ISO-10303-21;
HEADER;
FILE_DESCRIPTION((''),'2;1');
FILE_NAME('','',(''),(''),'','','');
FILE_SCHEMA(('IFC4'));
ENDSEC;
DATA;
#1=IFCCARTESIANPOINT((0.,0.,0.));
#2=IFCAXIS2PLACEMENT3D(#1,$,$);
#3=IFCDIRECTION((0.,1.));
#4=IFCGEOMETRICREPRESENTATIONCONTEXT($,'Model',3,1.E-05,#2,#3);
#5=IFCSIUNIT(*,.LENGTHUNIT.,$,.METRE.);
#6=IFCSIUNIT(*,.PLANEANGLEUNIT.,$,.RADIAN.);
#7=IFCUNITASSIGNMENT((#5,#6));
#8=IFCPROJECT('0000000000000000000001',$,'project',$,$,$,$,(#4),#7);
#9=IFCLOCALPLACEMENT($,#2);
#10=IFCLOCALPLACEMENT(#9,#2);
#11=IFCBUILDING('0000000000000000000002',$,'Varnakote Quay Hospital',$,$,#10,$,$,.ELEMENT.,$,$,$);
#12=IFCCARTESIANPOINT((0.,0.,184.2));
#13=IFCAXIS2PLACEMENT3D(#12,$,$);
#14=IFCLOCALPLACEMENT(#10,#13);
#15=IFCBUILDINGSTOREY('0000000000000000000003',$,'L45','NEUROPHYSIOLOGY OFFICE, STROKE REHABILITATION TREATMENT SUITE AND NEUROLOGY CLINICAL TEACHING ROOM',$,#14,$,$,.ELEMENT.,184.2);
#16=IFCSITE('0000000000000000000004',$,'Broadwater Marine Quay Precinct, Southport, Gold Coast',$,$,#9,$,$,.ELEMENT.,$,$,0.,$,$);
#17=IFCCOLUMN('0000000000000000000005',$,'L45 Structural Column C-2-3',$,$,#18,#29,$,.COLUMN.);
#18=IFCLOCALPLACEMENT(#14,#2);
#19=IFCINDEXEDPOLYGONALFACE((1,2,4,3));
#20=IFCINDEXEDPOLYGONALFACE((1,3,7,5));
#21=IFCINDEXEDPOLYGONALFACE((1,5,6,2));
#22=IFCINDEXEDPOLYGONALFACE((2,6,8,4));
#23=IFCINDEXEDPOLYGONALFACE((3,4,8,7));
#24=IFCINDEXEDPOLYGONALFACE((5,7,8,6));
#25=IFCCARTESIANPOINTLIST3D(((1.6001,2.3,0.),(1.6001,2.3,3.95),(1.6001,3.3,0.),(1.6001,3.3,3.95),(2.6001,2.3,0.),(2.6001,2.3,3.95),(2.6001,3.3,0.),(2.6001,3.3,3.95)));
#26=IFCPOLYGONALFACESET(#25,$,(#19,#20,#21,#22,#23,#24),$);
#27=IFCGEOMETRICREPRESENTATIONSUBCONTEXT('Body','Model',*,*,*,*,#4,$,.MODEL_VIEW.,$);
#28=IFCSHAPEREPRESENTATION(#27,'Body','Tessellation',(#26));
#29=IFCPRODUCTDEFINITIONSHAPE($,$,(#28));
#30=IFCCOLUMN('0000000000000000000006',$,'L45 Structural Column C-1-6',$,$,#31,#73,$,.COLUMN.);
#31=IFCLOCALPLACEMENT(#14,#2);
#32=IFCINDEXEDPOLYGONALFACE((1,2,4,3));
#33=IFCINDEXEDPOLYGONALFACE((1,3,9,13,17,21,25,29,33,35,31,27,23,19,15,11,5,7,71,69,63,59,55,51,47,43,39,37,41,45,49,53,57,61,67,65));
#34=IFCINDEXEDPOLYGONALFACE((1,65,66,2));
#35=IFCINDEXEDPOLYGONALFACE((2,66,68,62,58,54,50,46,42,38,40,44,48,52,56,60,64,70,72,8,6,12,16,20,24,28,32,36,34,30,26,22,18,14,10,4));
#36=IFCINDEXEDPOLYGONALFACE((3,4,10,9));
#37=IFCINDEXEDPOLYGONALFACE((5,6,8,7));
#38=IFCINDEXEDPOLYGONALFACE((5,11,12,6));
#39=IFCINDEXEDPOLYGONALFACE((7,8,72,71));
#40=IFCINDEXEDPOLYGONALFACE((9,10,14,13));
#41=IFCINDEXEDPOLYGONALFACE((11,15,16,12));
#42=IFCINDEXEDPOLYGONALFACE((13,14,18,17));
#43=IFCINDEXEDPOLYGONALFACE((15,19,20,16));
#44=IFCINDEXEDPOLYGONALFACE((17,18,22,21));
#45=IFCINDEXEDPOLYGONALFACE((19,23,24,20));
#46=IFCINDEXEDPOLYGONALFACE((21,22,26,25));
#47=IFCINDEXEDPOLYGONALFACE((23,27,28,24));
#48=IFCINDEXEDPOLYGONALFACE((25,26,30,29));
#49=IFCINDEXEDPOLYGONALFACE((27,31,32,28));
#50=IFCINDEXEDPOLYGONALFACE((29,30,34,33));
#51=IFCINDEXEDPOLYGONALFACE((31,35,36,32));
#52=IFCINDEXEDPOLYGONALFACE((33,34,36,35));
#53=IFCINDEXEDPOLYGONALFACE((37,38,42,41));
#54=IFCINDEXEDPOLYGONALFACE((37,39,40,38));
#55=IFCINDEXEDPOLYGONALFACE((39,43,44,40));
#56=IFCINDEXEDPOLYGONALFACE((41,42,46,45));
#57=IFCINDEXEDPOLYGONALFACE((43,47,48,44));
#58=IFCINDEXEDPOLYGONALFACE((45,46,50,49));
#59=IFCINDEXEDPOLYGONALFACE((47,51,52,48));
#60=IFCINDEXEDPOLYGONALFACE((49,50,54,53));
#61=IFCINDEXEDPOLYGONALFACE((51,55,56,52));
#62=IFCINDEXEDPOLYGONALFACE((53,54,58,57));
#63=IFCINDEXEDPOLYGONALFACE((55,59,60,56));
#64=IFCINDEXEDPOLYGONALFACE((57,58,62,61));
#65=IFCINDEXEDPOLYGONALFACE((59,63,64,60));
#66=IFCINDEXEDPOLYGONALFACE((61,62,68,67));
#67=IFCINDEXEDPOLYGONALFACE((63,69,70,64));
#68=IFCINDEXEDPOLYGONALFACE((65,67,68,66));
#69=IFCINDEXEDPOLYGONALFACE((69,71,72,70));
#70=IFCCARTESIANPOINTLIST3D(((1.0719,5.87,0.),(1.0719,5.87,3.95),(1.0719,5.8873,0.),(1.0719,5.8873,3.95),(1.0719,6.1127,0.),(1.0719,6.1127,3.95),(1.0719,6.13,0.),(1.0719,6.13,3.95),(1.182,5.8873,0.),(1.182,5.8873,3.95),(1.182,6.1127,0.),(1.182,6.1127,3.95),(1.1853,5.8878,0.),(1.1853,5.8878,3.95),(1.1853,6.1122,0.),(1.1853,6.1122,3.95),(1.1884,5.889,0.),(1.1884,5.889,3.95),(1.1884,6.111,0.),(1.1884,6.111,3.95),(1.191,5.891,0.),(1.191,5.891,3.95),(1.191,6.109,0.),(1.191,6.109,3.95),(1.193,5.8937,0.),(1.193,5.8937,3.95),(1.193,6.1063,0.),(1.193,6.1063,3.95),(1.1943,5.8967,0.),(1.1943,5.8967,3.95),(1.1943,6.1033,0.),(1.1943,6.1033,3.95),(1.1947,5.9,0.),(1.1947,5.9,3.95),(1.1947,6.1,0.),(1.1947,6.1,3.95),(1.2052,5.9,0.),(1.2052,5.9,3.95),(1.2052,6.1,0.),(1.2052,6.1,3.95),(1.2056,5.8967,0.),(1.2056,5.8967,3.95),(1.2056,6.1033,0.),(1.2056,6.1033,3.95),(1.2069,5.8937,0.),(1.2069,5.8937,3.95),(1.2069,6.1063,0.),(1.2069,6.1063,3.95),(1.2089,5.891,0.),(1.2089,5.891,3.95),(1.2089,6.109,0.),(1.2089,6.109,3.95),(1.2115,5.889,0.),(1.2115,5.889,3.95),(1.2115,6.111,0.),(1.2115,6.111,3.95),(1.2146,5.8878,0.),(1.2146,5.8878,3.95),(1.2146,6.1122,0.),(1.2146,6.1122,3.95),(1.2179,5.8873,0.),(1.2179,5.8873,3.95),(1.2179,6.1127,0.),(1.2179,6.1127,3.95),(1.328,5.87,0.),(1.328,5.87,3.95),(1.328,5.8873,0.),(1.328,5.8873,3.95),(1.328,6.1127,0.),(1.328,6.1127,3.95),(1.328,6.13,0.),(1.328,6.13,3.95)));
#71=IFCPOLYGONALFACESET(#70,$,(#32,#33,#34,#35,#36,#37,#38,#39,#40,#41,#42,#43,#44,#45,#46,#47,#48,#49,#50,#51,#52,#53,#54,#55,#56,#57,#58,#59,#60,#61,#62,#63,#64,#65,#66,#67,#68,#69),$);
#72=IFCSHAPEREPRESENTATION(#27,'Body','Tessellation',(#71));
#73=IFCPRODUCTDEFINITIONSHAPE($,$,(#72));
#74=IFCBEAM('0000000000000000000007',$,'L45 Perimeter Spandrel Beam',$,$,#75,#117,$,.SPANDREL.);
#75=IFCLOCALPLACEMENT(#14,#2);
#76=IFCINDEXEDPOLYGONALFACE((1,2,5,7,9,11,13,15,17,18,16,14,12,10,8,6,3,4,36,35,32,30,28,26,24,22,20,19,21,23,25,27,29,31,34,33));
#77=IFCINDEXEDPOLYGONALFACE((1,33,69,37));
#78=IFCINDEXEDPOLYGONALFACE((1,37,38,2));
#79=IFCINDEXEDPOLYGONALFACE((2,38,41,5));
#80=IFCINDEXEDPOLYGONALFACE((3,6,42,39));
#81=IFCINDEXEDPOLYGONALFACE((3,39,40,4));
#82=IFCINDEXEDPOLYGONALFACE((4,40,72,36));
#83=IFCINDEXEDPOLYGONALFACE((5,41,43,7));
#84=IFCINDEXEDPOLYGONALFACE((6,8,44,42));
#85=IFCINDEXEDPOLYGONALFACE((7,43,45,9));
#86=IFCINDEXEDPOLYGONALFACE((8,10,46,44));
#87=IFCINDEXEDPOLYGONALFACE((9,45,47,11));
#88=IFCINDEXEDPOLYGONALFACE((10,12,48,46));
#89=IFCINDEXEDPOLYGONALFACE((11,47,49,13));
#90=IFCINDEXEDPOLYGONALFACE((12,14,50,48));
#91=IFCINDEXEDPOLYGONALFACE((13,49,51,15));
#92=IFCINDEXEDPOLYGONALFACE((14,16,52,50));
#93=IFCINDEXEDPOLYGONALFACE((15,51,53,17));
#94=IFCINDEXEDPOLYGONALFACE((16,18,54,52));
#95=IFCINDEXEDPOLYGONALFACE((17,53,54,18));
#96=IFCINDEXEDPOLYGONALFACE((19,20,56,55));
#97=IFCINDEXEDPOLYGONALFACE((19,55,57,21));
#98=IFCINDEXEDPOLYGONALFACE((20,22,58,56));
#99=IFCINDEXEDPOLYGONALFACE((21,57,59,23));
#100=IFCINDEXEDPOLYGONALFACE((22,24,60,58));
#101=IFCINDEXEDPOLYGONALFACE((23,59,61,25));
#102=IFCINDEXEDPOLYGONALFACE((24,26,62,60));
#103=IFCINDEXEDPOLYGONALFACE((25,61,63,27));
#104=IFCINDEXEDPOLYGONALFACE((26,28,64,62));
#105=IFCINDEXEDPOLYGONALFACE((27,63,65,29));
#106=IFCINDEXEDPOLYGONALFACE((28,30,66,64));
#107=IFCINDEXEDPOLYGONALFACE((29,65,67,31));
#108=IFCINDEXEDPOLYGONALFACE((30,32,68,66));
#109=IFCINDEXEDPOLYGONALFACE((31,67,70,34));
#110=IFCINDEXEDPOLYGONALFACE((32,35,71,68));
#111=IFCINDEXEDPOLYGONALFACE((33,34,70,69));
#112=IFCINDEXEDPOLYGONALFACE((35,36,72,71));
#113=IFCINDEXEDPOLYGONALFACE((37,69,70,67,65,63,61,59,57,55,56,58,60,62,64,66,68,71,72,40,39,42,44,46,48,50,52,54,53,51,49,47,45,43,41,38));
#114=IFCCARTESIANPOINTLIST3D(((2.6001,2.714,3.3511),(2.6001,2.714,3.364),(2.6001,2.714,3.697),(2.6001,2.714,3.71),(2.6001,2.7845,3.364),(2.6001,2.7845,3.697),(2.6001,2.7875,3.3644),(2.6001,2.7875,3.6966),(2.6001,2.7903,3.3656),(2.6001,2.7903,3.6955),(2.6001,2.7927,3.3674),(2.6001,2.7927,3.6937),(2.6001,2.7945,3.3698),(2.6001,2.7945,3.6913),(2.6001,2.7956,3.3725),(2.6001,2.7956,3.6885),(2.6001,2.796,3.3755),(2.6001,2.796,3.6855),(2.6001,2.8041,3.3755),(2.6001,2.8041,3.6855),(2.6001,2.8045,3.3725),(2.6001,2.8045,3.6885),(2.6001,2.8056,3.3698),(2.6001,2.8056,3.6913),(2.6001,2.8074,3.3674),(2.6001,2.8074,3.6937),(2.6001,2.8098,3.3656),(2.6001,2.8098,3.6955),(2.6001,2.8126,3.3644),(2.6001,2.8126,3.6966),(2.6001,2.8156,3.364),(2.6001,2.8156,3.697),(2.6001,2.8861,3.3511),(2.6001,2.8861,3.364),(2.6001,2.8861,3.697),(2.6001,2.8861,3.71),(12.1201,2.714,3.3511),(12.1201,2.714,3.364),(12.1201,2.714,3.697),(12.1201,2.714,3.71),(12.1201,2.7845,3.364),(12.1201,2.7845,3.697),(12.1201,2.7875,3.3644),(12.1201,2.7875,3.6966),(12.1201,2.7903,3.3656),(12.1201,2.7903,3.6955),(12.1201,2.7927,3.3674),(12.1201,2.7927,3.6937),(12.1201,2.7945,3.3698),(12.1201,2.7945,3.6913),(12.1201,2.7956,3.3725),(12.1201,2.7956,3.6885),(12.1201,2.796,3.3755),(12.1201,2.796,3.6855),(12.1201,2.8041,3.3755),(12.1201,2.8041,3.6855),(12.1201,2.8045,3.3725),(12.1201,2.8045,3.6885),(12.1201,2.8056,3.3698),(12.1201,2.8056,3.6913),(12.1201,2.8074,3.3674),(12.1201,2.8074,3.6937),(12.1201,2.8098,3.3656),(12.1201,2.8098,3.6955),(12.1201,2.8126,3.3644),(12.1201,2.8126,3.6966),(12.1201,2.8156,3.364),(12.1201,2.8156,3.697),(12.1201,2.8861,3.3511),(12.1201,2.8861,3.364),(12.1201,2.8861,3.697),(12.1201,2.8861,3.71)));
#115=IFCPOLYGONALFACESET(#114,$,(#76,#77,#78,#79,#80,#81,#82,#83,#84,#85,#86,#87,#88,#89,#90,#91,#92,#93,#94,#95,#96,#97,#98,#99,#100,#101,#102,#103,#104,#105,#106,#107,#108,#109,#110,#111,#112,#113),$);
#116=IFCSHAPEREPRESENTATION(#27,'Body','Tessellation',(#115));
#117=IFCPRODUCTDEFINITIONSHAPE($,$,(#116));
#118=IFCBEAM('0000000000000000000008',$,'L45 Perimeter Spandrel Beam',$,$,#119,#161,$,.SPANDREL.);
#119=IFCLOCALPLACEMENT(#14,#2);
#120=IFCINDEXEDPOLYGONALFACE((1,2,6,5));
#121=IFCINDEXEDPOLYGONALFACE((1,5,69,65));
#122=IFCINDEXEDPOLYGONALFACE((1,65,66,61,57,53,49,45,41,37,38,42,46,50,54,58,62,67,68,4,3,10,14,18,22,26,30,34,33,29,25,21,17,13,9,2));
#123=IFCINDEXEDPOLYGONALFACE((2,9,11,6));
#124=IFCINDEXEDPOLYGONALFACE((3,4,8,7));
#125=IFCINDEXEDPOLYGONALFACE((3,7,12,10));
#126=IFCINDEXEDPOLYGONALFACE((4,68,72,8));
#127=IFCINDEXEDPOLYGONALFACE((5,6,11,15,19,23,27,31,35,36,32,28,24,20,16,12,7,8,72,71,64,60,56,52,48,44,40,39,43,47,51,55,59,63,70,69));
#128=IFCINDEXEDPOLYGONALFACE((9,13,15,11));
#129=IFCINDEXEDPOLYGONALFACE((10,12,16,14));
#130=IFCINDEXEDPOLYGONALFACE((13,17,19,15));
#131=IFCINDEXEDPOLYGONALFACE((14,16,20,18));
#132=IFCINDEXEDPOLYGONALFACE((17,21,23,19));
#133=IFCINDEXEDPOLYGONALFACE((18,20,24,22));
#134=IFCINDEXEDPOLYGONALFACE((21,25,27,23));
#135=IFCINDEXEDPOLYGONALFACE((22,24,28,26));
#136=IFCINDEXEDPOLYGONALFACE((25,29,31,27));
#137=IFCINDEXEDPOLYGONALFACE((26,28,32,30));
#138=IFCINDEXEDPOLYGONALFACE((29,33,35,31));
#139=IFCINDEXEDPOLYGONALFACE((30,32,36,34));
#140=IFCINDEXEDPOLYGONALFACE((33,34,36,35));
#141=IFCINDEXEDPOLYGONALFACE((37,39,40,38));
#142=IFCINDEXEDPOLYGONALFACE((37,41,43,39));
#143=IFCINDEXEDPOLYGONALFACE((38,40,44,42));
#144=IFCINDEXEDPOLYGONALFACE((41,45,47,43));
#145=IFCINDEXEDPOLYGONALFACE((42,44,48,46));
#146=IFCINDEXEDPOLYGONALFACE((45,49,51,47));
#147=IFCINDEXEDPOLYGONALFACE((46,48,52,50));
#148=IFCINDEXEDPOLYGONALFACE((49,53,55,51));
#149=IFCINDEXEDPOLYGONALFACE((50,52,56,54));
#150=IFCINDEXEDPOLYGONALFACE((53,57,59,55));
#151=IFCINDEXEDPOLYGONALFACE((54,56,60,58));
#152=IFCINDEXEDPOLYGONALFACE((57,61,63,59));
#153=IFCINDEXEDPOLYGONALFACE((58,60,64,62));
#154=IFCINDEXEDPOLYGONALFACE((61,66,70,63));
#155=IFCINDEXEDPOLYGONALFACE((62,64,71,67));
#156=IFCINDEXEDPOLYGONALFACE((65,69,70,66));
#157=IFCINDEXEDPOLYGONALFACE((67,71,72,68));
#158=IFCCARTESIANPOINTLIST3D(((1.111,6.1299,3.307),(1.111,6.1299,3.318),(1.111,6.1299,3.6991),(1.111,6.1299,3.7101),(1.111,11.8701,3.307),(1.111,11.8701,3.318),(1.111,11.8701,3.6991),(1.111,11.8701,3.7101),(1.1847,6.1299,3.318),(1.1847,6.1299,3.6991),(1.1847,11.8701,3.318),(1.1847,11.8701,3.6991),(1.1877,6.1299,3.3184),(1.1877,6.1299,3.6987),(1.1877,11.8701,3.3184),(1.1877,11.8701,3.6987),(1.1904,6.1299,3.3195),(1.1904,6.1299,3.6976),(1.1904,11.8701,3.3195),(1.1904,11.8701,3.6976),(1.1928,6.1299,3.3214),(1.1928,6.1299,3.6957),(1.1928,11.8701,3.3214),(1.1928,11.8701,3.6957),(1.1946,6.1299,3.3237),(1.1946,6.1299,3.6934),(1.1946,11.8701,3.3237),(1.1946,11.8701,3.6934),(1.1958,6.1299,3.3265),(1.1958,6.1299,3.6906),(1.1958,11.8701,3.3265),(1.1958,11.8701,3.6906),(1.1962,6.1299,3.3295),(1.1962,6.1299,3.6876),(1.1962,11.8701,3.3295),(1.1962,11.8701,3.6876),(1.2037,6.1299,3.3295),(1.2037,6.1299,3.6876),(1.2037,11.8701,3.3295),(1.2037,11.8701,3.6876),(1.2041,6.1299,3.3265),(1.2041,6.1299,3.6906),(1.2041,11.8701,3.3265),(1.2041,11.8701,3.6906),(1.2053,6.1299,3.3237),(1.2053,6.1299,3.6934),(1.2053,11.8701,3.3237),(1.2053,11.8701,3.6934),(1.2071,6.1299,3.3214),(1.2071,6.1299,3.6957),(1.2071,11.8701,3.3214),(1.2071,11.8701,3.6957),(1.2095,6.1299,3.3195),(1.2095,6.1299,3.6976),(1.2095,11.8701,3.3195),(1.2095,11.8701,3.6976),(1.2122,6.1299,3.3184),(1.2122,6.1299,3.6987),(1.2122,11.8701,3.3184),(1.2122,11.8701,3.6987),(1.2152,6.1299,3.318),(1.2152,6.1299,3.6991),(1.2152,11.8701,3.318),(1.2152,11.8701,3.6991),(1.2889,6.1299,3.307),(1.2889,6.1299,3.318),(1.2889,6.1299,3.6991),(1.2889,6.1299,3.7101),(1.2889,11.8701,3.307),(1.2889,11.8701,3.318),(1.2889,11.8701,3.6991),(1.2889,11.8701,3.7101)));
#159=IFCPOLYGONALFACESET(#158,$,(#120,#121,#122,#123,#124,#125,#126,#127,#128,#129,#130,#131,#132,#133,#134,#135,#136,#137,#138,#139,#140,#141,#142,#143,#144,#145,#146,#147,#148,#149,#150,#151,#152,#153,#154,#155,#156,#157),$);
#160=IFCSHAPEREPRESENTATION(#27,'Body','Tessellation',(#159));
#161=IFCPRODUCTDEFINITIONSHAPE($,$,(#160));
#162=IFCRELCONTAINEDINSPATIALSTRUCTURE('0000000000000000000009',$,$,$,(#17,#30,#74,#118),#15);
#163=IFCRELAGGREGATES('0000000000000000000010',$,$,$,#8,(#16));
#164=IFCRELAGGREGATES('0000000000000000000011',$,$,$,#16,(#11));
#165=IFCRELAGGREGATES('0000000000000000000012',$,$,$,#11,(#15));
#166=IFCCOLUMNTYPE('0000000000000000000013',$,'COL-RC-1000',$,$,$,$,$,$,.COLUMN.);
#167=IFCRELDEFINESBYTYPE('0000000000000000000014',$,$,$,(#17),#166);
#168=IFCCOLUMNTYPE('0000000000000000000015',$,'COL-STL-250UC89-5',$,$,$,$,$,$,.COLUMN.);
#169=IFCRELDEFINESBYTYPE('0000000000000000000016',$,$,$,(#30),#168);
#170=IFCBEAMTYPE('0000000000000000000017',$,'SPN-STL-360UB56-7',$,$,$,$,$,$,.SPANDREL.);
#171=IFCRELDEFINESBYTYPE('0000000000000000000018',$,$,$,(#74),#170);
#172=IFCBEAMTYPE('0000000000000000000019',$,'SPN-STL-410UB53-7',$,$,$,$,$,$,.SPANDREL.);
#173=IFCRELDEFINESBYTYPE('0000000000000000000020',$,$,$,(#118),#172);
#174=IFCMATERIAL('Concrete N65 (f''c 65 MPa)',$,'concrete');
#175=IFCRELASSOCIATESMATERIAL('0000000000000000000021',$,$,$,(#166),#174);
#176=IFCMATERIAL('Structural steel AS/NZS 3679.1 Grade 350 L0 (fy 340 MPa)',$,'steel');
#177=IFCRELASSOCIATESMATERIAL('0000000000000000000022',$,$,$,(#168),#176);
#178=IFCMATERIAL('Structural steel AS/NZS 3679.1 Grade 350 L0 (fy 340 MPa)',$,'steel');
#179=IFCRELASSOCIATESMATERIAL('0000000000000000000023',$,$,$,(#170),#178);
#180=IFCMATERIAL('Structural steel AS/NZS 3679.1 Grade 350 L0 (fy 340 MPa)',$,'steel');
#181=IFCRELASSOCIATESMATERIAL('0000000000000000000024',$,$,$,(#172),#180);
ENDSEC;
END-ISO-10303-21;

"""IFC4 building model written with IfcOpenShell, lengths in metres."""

from ifc_helpers import new_model, si_unit, direction, frame, origin, origin_2d, place, context, subcontext, project, spatial, rectangle, i_section, extrude, material, material_profile, profile_set, type_object, element, save


model = new_model("IFC4")

# Units and contexts
model_context = context("Model", 3, precision=1e-05, world=origin(), true_north=direction((0.0, 1.0)))
body_context = subcontext(model_context, "Body", "Model", "MODEL_VIEW")
ifc_project = project(units=[si_unit("LENGTHUNIT", "METRE"), si_unit("PLANEANGLEUNIT", "RADIAN")], contexts=[model_context])

# Site, building, storey
site_placement = place(None, origin())
site = spatial("IfcSite", under=ifc_project, at=site_placement, Name="Broadwater Marine Quay Precinct, Southport, Gold Coast", CompositionType="ELEMENT", RefElevation=0.0)
building_placement = place(site_placement, origin())
building = spatial("IfcBuilding", under=site, at=building_placement, Name="Varnakote Quay Hospital", CompositionType="ELEMENT")
storey_placement = place(building_placement, frame((0.0, 0.0, 184.2)))
storey = spatial("IfcBuildingStorey", under=building, at=storey_placement, Name="L45", Description="NEUROPHYSIOLOGY OFFICE, STROKE REHABILITATION TREATMENT SUITE AND NEUROLOGY CLINICAL TEACHING ROOM", CompositionType="ELEMENT", Elevation=184.2)

# Columns
ifc_material_1 = material(Name="Concrete N65 (f'c 65 MPa)", Category="concrete")
ifc_material_profile_1 = material_profile(ifc_material_1, rectangle(XDim=1.0, YDim=1.0, at=origin_2d()), Name="RC-COL-1000x1000")
ifc_profile_set_1 = profile_set([ifc_material_profile_1], Name="Concrete N65 (f'c 65 MPa)")
column_type_1 = type_object("IfcColumnType", Name="COL-RC-1000", PredefinedType="COLUMN", material=ifc_profile_set_1)
column_1_placement = place(storey_placement, frame((2.1001, 2.8, 0.0), z_axis=(0.0, 0.0, 1.0), x_axis=(1.0, 0.0, 0.0)))
element("IfcColumn", 1, at=column_1_placement, inside=storey, type_object=column_type_1, Name="L45 Structural Column C-2-3", PredefinedType="COLUMN", context=body_context, shape_type="SweptSolid", body=[
    extrude(rectangle(XDim=1.0, YDim=1.0, at=origin_2d()), origin(), (0.0, 0.0, 1.0), 3.95),
])
ifc_material_2 = material(Name="Structural steel AS/NZS 3679.1 Grade 350 L0 (fy 340 MPa)", Category="steel")
ifc_material_profile_2 = material_profile(ifc_material_2, i_section(OverallWidth=0.2561, OverallDepth=0.26, WebThickness=0.0105, FlangeThickness=0.0173, FilletRadius=0.0127, at=origin_2d()), Name="250UC89.5")
ifc_profile_set_2 = profile_set([ifc_material_profile_2], Name="Structural steel AS/NZS 3679.1 Grade 350 L0 (fy 340 MPa)")
column_type_2 = type_object("IfcColumnType", Name="COL-STL-250UC89-5", PredefinedType="COLUMN", material=ifc_profile_set_2)
column_2_placement = place(storey_placement, frame((1.2, 6.0, 0.0), z_axis=(0.0, 0.0, 1.0), x_axis=(1.0, 0.0, 0.0)))
element("IfcColumn", 2, at=column_2_placement, inside=storey, type_object=column_type_2, Name="L45 Structural Column C-1-6", PredefinedType="COLUMN", context=body_context, shape_type="SweptSolid", body=[
    extrude(i_section(OverallWidth=0.2561, OverallDepth=0.26, WebThickness=0.0105, FlangeThickness=0.0173, FilletRadius=0.0127, at=origin_2d()), origin(), (0.0, 0.0, 1.0), 3.95),
])

# Beams
ifc_material_3 = material(Name="Structural steel AS/NZS 3679.1 Grade 350 L0 (fy 340 MPa)", Category="steel")
ifc_material_profile_3 = material_profile(ifc_material_3, i_section(OverallWidth=0.1721, OverallDepth=0.3589, WebThickness=0.0081, FlangeThickness=0.0129, FilletRadius=0.0115, at=origin_2d()), Name="360UB56.7")
ifc_profile_set_3 = profile_set([ifc_material_profile_3], Name="Structural steel AS/NZS 3679.1 Grade 350 L0 (fy 340 MPa)")
beam_type_1 = type_object("IfcBeamType", Name="SPN-STL-360UB56-7", PredefinedType="SPANDREL", material=ifc_profile_set_3)
beam_1_placement = place(storey_placement, frame((2.6001, 2.8, 3.5305), z_axis=(1.0, 0.0, 0.0), x_axis=(0.0, 1.0, 0.0)))
element("IfcBeam", 3, at=beam_1_placement, inside=storey, type_object=beam_type_1, Name="L45 Perimeter Spandrel Beam", PredefinedType="SPANDREL", context=body_context, shape_type="SweptSolid", body=[
    extrude(i_section(OverallWidth=0.1721, OverallDepth=0.3589, WebThickness=0.0081, FlangeThickness=0.0129, FilletRadius=0.0115, at=origin_2d()), origin(), (0.0, 0.0, 1.0), 9.52),
])
ifc_material_4 = material(Name="Structural steel AS/NZS 3679.1 Grade 350 L0 (fy 340 MPa)", Category="steel")
ifc_material_profile_4 = material_profile(ifc_material_4, i_section(OverallWidth=0.178, OverallDepth=0.4031, WebThickness=0.0076, FlangeThickness=0.011, FilletRadius=0.0115, at=origin_2d()), Name="410UB53.7")
ifc_profile_set_4 = profile_set([ifc_material_profile_4], Name="Structural steel AS/NZS 3679.1 Grade 350 L0 (fy 340 MPa)")
beam_type_2 = type_object("IfcBeamType", Name="SPN-STL-410UB53-7", PredefinedType="SPANDREL", material=ifc_profile_set_4)
beam_2_placement = place(storey_placement, frame((1.2, 6.1299, 3.5085), z_axis=(0.0, 1.0, 0.0), x_axis=(-1.0, 0.0, 0.0)))
element("IfcBeam", 4, at=beam_2_placement, inside=storey, type_object=beam_type_2, Name="L45 Perimeter Spandrel Beam", PredefinedType="SPANDREL", context=body_context, shape_type="SweptSolid", body=[
    extrude(i_section(OverallWidth=0.178, OverallDepth=0.4031, WebThickness=0.0076, FlangeThickness=0.011, FilletRadius=0.0115, at=origin_2d()), origin(), (0.0, 0.0, 1.0), 5.7402),
])

save(model, "model.ifc")
